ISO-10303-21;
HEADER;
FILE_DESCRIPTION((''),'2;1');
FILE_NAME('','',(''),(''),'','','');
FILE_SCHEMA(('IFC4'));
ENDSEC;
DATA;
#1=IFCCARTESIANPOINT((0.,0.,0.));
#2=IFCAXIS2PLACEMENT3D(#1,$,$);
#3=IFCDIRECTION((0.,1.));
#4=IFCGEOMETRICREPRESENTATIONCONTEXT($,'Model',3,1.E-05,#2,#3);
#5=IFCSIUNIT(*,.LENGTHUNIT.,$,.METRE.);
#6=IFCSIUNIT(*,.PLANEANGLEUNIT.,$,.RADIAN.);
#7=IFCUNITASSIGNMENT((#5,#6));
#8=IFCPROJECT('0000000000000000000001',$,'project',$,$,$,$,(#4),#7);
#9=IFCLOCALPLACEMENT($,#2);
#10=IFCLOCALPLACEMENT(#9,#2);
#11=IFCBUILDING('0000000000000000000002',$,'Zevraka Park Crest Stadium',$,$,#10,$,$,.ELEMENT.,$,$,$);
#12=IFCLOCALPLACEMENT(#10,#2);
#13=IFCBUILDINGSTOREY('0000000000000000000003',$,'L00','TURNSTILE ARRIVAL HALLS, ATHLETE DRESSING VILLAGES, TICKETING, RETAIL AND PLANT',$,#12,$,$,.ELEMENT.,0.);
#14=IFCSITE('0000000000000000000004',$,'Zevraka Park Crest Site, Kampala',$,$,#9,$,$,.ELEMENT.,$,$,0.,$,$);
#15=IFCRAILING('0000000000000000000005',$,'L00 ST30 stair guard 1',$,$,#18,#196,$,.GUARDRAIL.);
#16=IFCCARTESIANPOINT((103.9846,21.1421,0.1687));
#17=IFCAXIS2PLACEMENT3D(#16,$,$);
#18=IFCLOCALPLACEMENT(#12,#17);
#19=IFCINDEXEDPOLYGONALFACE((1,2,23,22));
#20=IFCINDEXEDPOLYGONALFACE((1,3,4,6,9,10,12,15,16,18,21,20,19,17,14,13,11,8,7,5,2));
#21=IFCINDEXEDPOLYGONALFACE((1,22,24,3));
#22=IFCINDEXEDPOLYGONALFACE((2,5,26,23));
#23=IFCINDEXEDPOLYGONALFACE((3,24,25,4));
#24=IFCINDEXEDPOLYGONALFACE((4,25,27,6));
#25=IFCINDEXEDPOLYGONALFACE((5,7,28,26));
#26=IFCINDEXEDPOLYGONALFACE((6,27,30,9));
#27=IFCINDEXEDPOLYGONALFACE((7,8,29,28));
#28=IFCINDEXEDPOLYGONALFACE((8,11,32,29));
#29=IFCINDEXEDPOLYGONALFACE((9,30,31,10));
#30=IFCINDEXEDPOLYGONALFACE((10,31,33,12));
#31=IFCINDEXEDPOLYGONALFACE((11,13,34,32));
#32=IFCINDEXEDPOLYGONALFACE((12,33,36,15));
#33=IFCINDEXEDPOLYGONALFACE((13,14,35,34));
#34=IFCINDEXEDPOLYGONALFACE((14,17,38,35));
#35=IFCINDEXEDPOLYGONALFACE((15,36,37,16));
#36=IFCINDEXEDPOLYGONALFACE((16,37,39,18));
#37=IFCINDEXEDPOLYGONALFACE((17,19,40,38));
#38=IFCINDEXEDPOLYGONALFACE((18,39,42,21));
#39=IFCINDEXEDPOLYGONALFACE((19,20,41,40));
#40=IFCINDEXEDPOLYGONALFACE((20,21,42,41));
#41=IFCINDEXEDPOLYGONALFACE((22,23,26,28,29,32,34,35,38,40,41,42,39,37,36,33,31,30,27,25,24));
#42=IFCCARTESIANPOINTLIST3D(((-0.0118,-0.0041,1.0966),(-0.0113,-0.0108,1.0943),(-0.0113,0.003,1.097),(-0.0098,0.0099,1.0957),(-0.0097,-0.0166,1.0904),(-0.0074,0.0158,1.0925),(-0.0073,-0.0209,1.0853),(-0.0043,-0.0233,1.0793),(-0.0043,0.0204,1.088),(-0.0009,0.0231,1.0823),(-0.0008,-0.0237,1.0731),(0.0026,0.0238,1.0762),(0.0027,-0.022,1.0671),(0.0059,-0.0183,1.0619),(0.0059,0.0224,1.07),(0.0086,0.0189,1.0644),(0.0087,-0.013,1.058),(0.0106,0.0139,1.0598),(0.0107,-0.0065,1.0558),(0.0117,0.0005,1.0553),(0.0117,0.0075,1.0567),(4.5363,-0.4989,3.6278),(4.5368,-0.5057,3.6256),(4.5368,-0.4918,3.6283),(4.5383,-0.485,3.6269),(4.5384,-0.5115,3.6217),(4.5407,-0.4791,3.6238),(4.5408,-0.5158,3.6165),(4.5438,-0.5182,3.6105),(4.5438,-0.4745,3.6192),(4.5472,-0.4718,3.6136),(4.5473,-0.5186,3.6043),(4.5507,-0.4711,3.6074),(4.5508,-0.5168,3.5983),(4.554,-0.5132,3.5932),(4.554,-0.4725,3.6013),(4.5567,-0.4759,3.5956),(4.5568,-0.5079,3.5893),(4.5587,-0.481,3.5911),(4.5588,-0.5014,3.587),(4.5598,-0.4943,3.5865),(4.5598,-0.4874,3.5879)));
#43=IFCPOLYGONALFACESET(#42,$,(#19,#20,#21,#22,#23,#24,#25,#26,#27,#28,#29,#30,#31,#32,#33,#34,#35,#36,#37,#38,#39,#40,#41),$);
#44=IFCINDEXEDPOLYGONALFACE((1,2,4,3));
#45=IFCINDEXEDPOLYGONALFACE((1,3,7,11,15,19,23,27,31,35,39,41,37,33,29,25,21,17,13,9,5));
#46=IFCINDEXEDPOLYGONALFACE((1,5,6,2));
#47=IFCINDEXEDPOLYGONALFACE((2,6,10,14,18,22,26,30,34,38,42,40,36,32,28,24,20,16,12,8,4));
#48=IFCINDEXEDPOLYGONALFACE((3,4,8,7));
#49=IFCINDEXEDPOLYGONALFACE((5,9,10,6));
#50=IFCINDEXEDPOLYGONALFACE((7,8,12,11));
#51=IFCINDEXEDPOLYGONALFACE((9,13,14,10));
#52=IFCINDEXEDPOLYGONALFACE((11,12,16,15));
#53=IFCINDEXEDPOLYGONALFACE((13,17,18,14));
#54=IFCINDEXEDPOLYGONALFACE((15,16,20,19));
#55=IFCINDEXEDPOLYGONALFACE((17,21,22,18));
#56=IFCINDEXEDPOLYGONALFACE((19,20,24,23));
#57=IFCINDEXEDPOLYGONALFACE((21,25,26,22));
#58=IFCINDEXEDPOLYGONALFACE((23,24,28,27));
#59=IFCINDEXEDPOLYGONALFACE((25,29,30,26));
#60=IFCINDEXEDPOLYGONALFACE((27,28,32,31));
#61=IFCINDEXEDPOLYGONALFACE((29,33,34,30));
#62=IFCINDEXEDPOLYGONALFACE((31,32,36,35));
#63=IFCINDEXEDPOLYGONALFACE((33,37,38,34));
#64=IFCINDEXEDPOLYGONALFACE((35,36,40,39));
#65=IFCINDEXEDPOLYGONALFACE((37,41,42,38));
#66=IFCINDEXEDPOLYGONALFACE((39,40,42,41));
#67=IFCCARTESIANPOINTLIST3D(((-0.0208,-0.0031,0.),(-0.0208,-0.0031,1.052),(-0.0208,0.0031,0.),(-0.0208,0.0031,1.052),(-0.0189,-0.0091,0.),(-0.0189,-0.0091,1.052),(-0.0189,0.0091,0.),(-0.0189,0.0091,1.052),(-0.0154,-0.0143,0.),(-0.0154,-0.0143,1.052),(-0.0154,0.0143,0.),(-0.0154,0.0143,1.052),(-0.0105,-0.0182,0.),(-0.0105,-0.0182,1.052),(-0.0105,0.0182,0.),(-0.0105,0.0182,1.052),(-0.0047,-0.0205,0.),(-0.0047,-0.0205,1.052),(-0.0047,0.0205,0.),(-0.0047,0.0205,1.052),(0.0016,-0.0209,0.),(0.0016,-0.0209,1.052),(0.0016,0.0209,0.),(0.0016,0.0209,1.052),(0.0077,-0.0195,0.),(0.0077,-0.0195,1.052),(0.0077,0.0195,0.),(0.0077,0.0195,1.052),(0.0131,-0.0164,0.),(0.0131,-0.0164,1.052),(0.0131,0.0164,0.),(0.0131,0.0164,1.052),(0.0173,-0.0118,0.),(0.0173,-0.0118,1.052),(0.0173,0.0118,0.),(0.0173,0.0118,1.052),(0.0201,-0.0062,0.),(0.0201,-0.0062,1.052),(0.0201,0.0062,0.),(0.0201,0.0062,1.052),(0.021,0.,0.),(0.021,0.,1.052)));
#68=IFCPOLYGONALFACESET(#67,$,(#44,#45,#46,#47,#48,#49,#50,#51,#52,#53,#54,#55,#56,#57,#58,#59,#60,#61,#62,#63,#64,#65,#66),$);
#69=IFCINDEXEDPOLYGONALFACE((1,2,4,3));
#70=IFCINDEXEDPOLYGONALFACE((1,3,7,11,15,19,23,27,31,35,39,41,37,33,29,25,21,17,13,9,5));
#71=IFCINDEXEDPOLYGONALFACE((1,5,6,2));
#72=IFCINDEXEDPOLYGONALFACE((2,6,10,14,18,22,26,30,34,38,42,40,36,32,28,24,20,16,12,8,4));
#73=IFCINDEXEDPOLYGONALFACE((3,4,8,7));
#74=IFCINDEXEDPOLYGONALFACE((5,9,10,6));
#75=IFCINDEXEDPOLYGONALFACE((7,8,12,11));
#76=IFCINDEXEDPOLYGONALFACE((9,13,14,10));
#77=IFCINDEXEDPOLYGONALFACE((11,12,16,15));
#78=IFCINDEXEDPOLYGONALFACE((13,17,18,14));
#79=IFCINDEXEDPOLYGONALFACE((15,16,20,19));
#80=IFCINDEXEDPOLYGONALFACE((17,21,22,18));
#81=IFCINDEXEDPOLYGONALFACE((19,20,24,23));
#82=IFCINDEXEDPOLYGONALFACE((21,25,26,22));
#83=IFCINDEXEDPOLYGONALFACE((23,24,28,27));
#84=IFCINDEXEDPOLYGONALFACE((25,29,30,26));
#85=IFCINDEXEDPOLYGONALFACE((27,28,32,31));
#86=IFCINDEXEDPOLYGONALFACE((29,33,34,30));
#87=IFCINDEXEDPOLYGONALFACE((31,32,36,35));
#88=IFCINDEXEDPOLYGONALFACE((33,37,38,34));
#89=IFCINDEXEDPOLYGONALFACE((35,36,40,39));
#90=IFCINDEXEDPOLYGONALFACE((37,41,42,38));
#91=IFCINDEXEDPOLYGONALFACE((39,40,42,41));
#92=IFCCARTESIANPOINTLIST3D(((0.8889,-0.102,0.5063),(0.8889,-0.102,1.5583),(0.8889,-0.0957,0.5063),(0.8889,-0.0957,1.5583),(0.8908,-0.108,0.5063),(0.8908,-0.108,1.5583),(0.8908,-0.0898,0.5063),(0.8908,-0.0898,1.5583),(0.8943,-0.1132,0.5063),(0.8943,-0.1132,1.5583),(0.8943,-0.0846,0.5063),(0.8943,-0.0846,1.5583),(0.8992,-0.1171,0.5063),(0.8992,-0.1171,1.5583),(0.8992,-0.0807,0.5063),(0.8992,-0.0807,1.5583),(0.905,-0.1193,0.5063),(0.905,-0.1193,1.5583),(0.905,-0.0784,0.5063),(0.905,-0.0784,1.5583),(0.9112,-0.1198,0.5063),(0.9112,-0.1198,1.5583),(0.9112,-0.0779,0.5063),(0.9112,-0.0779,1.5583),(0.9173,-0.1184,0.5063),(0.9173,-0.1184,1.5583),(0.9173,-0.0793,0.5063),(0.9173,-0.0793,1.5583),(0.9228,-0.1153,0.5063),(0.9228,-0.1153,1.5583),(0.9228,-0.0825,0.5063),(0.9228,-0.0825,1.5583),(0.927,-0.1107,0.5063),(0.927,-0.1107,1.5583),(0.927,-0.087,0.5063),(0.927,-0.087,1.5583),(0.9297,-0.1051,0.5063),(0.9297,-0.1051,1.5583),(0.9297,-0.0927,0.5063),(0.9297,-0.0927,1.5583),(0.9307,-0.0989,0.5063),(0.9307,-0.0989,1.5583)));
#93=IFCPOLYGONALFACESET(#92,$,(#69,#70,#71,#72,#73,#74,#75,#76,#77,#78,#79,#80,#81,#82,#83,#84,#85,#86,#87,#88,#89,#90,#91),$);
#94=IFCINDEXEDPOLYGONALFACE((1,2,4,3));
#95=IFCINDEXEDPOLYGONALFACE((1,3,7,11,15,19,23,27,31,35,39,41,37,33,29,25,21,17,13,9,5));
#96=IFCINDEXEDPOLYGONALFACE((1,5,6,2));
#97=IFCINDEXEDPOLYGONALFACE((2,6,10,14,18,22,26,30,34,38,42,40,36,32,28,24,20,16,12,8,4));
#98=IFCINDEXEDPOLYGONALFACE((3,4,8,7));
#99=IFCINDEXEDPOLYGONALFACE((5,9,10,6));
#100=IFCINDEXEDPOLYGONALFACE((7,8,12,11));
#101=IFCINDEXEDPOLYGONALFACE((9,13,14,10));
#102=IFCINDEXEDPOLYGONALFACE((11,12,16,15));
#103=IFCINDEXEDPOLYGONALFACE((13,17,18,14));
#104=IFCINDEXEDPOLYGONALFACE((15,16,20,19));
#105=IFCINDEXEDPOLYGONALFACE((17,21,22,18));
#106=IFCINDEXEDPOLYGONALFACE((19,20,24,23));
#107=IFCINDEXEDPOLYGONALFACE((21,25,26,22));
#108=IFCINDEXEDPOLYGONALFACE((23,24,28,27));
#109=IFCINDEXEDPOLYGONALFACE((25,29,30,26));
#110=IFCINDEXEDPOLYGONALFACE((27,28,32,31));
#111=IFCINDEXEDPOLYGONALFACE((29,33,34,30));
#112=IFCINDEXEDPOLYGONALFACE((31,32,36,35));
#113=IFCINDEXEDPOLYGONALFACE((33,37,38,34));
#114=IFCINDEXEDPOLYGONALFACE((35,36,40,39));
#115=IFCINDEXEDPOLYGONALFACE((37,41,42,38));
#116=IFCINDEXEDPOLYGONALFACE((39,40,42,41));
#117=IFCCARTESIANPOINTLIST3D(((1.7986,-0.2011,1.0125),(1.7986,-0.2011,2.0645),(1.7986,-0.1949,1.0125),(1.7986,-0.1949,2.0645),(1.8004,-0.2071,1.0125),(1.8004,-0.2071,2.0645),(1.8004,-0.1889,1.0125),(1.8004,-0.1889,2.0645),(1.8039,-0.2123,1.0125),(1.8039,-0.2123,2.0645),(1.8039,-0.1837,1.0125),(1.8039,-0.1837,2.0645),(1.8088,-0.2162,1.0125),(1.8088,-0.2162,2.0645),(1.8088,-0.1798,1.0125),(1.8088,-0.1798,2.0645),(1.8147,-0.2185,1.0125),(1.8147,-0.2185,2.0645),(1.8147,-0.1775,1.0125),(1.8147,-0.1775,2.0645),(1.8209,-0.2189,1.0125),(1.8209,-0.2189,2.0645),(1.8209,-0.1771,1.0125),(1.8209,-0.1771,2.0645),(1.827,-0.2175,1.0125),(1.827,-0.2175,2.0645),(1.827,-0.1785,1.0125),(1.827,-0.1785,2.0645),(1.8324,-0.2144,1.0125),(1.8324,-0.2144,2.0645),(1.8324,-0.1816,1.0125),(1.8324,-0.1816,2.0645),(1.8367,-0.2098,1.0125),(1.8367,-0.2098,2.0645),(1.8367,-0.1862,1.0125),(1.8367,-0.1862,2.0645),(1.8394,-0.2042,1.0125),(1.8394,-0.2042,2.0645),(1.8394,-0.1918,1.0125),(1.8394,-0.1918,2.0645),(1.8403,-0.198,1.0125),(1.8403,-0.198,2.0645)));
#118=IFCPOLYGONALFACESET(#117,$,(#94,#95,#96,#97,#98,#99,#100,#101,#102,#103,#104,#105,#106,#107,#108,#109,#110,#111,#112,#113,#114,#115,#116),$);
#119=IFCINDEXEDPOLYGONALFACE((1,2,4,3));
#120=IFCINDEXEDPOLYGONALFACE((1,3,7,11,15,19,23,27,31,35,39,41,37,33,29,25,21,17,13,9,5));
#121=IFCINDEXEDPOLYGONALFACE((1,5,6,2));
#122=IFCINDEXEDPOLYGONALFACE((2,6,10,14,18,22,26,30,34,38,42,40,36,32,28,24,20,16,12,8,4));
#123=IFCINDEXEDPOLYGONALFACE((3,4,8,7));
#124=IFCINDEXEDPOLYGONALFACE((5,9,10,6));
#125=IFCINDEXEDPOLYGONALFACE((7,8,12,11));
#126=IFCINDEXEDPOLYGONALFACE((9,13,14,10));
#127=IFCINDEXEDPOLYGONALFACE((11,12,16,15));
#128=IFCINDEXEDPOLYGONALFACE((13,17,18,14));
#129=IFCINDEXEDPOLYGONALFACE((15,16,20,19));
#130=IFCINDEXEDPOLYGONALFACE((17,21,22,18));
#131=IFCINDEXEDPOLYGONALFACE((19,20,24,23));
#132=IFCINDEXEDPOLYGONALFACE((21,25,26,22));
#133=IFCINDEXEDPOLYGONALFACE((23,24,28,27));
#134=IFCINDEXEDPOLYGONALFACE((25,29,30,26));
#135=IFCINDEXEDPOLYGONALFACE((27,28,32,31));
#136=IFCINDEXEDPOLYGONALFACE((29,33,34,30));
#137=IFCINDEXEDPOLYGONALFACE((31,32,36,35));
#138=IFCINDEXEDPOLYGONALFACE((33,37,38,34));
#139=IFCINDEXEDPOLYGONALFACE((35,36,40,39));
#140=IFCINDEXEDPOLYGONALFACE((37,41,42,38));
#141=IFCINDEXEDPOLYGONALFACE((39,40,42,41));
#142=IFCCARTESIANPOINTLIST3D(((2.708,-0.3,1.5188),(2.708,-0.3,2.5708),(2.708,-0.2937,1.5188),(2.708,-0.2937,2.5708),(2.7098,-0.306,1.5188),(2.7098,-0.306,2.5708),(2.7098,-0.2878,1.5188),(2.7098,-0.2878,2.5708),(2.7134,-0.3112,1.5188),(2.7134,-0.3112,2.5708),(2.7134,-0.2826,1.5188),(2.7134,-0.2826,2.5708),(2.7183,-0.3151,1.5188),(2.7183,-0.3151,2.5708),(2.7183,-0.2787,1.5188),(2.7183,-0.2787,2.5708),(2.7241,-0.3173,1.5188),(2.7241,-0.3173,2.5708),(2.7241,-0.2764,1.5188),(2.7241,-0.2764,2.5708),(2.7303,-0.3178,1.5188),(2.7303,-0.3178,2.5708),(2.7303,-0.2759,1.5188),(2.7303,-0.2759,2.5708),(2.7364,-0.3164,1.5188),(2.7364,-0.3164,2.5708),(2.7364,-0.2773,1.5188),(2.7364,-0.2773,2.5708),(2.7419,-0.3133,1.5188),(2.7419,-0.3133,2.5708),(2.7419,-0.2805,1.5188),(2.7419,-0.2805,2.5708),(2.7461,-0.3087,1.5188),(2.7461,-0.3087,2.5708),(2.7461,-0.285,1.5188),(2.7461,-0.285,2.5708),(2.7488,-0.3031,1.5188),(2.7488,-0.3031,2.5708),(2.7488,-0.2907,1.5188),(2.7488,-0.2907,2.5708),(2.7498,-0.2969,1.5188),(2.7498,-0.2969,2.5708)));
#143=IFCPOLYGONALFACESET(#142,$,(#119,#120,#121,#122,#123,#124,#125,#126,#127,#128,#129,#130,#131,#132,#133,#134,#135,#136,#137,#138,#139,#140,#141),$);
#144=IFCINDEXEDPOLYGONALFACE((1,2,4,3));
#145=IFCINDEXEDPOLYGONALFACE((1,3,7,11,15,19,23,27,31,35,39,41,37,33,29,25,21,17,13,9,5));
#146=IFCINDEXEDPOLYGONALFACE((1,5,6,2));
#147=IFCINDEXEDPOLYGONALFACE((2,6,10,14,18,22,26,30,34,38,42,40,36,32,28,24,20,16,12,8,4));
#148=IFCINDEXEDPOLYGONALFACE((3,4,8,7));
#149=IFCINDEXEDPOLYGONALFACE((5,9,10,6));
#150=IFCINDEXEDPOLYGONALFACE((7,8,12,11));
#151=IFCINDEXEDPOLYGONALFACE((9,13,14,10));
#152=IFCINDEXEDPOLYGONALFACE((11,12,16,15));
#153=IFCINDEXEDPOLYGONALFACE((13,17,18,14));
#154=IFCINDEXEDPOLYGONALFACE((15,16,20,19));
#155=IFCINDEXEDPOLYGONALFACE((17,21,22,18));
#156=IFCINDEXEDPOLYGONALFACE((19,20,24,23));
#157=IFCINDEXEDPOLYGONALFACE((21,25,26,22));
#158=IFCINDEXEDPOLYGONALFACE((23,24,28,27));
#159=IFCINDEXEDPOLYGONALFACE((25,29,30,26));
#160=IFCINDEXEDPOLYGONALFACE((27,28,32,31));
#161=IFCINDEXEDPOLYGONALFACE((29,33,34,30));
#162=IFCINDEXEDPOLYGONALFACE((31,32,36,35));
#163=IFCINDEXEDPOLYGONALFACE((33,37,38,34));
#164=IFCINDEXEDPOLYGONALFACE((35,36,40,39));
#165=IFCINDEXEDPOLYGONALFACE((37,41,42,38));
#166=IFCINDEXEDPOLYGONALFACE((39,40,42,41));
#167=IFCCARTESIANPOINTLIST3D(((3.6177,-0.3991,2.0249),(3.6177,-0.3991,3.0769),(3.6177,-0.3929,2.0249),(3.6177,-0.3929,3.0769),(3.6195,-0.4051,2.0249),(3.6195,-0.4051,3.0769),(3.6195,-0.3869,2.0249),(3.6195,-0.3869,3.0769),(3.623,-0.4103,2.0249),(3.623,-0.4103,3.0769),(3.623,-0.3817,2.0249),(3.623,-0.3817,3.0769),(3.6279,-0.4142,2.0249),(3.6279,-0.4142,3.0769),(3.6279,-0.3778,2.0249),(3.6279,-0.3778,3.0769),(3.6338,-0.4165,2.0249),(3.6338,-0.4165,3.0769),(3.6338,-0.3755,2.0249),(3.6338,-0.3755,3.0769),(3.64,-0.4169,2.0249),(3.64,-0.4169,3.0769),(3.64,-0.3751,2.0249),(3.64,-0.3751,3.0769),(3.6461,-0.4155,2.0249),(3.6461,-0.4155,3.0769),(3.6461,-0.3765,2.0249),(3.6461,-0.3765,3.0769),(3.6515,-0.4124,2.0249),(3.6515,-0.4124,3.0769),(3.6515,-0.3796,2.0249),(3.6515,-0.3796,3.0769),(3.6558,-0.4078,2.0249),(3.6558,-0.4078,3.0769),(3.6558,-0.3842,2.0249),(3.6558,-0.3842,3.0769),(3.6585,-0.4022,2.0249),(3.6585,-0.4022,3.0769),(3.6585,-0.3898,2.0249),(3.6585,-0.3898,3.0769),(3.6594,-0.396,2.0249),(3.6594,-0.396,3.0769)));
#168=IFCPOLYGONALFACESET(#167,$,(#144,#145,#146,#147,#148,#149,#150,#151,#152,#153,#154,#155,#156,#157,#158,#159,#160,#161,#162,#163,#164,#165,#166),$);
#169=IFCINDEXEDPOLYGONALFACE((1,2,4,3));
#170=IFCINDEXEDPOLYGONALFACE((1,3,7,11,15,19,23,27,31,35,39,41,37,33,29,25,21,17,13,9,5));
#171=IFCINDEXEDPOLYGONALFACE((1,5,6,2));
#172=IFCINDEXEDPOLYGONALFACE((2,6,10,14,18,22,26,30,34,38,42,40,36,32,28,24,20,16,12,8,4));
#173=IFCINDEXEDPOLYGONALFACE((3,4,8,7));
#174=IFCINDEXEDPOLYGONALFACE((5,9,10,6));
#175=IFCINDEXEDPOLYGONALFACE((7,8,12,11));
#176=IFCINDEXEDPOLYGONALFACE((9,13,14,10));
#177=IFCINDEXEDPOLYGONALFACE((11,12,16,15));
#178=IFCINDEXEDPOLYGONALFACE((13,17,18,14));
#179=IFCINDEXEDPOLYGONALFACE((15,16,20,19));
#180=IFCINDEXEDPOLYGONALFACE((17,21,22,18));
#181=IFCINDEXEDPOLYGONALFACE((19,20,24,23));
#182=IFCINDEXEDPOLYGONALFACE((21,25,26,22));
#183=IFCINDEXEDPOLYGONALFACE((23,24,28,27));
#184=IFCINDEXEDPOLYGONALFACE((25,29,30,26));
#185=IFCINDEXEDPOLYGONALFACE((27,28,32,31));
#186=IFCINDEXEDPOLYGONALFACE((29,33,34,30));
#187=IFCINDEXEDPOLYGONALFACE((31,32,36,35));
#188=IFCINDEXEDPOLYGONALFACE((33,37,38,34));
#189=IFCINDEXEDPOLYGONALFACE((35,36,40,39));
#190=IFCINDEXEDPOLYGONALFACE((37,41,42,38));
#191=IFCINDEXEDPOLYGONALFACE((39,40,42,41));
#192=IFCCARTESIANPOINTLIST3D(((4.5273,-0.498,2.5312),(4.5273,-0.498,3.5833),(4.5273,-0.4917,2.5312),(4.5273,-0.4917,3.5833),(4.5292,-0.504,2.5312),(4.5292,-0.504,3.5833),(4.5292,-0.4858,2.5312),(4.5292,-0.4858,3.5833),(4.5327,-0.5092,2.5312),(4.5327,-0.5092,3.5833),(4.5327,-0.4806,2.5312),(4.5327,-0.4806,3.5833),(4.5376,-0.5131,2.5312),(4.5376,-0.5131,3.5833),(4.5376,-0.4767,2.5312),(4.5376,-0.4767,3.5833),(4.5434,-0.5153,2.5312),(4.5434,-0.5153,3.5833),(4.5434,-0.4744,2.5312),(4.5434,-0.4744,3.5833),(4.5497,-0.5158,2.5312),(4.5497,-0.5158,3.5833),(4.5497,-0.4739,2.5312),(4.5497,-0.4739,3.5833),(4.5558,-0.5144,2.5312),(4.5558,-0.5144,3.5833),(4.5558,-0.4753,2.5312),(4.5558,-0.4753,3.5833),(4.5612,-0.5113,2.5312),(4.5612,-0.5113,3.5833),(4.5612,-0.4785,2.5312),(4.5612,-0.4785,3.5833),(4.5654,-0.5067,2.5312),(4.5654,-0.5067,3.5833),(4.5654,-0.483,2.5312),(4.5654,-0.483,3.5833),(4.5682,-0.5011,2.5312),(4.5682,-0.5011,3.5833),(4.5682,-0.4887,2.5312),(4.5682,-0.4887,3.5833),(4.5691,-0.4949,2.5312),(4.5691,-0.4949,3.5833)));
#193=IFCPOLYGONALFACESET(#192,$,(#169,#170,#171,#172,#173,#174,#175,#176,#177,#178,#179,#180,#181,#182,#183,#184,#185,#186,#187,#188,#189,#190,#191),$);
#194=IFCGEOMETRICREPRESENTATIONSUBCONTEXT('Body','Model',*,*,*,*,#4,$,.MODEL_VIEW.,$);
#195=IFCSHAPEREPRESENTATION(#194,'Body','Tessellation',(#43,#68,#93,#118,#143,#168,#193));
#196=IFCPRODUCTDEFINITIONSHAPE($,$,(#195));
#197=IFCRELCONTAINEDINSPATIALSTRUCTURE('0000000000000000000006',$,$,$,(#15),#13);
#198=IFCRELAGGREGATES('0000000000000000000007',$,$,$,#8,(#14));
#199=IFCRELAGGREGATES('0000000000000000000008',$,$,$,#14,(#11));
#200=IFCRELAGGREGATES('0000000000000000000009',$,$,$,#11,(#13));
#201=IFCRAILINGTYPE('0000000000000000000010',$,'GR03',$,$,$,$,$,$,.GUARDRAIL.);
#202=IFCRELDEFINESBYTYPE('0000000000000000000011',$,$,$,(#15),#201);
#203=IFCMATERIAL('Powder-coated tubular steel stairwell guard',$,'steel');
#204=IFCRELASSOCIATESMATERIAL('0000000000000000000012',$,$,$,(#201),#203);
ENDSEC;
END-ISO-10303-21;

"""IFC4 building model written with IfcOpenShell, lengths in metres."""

from ifc_helpers import new_model, si_unit, direction, frame, origin, origin_2d, place, context, subcontext, project, spatial, circle, extrude, material, type_object, element, save


model = new_model("IFC4")

# Units and contexts
model_context = context("Model", 3, precision=1e-05, world=origin(), true_north=direction((0.0, 1.0)))
body_context = subcontext(model_context, "Body", "Model", "MODEL_VIEW")
ifc_project = project(units=[si_unit("LENGTHUNIT", "METRE"), si_unit("PLANEANGLEUNIT", "RADIAN")], contexts=[model_context])

# Site, building, storey
site_placement = place(None, origin())
site = spatial("IfcSite", under=ifc_project, at=site_placement, Name="Zevraka Park Crest Site, Kampala", CompositionType="ELEMENT", RefElevation=0.0)
building_placement = place(site_placement, origin())
building = spatial("IfcBuilding", under=site, at=building_placement, Name="Zevraka Park Crest Stadium", CompositionType="ELEMENT")
storey_placement = place(building_placement, origin())
storey = spatial("IfcBuildingStorey", under=building, at=storey_placement, Name="L00", Description="TURNSTILE ARRIVAL HALLS, ATHLETE DRESSING VILLAGES, TICKETING, RETAIL AND PLANT", CompositionType="ELEMENT", Elevation=0.0)

# Railing
ifc_material_1 = material(Name="Powder-coated tubular steel stairwell guard", Category="steel")
railing_type_1 = type_object("IfcRailingType", Name="GR03", PredefinedType="GUARDRAIL", material=ifc_material_1)
railing_1_placement = place(storey_placement, frame((103.9846, 21.1421, 0.1687)))
element("IfcRailing", 1, at=railing_1_placement, inside=storey, type_object=railing_type_1, Name="L00 ST30 stair guard 1", PredefinedType="GUARDRAIL", context=body_context, shape_type="SweptSolid", body=[
    extrude(circle(Radius=0.0239, at=origin_2d()), frame((0.0, 0.0, 1.0762), z_axis=(0.869865, -0.094649, 0.484125), x_axis=(0.10817, 0.994132, 0.0)), (0.0, 0.0, 1.0), 5.2285),
    extrude(circle(Radius=0.021, at=origin_2d()), origin(), (0.0, 0.0, 1.0), 1.052),
    extrude(circle(Radius=0.021, at=origin_2d()), frame((0.9097, -0.0989, 0.5063)), (0.0, 0.0, 1.0), 1.052),
    extrude(circle(Radius=0.021, at=origin_2d()), frame((1.8193, -0.198, 1.0125)), (0.0, 0.0, 1.0), 1.052),
    extrude(circle(Radius=0.021, at=origin_2d()), frame((2.7288, -0.2969, 1.5188)), (0.0, 0.0, 1.0), 1.052),
    extrude(circle(Radius=0.021, at=origin_2d()), frame((3.6384, -0.396, 2.0249)), (0.0, 0.0, 1.0), 1.052),
    extrude(circle(Radius=0.021, at=origin_2d()), frame((4.5481, -0.4949, 2.5312)), (0.0, 0.0, 1.0), 1.052),
])

save(model, "model.ifc")
